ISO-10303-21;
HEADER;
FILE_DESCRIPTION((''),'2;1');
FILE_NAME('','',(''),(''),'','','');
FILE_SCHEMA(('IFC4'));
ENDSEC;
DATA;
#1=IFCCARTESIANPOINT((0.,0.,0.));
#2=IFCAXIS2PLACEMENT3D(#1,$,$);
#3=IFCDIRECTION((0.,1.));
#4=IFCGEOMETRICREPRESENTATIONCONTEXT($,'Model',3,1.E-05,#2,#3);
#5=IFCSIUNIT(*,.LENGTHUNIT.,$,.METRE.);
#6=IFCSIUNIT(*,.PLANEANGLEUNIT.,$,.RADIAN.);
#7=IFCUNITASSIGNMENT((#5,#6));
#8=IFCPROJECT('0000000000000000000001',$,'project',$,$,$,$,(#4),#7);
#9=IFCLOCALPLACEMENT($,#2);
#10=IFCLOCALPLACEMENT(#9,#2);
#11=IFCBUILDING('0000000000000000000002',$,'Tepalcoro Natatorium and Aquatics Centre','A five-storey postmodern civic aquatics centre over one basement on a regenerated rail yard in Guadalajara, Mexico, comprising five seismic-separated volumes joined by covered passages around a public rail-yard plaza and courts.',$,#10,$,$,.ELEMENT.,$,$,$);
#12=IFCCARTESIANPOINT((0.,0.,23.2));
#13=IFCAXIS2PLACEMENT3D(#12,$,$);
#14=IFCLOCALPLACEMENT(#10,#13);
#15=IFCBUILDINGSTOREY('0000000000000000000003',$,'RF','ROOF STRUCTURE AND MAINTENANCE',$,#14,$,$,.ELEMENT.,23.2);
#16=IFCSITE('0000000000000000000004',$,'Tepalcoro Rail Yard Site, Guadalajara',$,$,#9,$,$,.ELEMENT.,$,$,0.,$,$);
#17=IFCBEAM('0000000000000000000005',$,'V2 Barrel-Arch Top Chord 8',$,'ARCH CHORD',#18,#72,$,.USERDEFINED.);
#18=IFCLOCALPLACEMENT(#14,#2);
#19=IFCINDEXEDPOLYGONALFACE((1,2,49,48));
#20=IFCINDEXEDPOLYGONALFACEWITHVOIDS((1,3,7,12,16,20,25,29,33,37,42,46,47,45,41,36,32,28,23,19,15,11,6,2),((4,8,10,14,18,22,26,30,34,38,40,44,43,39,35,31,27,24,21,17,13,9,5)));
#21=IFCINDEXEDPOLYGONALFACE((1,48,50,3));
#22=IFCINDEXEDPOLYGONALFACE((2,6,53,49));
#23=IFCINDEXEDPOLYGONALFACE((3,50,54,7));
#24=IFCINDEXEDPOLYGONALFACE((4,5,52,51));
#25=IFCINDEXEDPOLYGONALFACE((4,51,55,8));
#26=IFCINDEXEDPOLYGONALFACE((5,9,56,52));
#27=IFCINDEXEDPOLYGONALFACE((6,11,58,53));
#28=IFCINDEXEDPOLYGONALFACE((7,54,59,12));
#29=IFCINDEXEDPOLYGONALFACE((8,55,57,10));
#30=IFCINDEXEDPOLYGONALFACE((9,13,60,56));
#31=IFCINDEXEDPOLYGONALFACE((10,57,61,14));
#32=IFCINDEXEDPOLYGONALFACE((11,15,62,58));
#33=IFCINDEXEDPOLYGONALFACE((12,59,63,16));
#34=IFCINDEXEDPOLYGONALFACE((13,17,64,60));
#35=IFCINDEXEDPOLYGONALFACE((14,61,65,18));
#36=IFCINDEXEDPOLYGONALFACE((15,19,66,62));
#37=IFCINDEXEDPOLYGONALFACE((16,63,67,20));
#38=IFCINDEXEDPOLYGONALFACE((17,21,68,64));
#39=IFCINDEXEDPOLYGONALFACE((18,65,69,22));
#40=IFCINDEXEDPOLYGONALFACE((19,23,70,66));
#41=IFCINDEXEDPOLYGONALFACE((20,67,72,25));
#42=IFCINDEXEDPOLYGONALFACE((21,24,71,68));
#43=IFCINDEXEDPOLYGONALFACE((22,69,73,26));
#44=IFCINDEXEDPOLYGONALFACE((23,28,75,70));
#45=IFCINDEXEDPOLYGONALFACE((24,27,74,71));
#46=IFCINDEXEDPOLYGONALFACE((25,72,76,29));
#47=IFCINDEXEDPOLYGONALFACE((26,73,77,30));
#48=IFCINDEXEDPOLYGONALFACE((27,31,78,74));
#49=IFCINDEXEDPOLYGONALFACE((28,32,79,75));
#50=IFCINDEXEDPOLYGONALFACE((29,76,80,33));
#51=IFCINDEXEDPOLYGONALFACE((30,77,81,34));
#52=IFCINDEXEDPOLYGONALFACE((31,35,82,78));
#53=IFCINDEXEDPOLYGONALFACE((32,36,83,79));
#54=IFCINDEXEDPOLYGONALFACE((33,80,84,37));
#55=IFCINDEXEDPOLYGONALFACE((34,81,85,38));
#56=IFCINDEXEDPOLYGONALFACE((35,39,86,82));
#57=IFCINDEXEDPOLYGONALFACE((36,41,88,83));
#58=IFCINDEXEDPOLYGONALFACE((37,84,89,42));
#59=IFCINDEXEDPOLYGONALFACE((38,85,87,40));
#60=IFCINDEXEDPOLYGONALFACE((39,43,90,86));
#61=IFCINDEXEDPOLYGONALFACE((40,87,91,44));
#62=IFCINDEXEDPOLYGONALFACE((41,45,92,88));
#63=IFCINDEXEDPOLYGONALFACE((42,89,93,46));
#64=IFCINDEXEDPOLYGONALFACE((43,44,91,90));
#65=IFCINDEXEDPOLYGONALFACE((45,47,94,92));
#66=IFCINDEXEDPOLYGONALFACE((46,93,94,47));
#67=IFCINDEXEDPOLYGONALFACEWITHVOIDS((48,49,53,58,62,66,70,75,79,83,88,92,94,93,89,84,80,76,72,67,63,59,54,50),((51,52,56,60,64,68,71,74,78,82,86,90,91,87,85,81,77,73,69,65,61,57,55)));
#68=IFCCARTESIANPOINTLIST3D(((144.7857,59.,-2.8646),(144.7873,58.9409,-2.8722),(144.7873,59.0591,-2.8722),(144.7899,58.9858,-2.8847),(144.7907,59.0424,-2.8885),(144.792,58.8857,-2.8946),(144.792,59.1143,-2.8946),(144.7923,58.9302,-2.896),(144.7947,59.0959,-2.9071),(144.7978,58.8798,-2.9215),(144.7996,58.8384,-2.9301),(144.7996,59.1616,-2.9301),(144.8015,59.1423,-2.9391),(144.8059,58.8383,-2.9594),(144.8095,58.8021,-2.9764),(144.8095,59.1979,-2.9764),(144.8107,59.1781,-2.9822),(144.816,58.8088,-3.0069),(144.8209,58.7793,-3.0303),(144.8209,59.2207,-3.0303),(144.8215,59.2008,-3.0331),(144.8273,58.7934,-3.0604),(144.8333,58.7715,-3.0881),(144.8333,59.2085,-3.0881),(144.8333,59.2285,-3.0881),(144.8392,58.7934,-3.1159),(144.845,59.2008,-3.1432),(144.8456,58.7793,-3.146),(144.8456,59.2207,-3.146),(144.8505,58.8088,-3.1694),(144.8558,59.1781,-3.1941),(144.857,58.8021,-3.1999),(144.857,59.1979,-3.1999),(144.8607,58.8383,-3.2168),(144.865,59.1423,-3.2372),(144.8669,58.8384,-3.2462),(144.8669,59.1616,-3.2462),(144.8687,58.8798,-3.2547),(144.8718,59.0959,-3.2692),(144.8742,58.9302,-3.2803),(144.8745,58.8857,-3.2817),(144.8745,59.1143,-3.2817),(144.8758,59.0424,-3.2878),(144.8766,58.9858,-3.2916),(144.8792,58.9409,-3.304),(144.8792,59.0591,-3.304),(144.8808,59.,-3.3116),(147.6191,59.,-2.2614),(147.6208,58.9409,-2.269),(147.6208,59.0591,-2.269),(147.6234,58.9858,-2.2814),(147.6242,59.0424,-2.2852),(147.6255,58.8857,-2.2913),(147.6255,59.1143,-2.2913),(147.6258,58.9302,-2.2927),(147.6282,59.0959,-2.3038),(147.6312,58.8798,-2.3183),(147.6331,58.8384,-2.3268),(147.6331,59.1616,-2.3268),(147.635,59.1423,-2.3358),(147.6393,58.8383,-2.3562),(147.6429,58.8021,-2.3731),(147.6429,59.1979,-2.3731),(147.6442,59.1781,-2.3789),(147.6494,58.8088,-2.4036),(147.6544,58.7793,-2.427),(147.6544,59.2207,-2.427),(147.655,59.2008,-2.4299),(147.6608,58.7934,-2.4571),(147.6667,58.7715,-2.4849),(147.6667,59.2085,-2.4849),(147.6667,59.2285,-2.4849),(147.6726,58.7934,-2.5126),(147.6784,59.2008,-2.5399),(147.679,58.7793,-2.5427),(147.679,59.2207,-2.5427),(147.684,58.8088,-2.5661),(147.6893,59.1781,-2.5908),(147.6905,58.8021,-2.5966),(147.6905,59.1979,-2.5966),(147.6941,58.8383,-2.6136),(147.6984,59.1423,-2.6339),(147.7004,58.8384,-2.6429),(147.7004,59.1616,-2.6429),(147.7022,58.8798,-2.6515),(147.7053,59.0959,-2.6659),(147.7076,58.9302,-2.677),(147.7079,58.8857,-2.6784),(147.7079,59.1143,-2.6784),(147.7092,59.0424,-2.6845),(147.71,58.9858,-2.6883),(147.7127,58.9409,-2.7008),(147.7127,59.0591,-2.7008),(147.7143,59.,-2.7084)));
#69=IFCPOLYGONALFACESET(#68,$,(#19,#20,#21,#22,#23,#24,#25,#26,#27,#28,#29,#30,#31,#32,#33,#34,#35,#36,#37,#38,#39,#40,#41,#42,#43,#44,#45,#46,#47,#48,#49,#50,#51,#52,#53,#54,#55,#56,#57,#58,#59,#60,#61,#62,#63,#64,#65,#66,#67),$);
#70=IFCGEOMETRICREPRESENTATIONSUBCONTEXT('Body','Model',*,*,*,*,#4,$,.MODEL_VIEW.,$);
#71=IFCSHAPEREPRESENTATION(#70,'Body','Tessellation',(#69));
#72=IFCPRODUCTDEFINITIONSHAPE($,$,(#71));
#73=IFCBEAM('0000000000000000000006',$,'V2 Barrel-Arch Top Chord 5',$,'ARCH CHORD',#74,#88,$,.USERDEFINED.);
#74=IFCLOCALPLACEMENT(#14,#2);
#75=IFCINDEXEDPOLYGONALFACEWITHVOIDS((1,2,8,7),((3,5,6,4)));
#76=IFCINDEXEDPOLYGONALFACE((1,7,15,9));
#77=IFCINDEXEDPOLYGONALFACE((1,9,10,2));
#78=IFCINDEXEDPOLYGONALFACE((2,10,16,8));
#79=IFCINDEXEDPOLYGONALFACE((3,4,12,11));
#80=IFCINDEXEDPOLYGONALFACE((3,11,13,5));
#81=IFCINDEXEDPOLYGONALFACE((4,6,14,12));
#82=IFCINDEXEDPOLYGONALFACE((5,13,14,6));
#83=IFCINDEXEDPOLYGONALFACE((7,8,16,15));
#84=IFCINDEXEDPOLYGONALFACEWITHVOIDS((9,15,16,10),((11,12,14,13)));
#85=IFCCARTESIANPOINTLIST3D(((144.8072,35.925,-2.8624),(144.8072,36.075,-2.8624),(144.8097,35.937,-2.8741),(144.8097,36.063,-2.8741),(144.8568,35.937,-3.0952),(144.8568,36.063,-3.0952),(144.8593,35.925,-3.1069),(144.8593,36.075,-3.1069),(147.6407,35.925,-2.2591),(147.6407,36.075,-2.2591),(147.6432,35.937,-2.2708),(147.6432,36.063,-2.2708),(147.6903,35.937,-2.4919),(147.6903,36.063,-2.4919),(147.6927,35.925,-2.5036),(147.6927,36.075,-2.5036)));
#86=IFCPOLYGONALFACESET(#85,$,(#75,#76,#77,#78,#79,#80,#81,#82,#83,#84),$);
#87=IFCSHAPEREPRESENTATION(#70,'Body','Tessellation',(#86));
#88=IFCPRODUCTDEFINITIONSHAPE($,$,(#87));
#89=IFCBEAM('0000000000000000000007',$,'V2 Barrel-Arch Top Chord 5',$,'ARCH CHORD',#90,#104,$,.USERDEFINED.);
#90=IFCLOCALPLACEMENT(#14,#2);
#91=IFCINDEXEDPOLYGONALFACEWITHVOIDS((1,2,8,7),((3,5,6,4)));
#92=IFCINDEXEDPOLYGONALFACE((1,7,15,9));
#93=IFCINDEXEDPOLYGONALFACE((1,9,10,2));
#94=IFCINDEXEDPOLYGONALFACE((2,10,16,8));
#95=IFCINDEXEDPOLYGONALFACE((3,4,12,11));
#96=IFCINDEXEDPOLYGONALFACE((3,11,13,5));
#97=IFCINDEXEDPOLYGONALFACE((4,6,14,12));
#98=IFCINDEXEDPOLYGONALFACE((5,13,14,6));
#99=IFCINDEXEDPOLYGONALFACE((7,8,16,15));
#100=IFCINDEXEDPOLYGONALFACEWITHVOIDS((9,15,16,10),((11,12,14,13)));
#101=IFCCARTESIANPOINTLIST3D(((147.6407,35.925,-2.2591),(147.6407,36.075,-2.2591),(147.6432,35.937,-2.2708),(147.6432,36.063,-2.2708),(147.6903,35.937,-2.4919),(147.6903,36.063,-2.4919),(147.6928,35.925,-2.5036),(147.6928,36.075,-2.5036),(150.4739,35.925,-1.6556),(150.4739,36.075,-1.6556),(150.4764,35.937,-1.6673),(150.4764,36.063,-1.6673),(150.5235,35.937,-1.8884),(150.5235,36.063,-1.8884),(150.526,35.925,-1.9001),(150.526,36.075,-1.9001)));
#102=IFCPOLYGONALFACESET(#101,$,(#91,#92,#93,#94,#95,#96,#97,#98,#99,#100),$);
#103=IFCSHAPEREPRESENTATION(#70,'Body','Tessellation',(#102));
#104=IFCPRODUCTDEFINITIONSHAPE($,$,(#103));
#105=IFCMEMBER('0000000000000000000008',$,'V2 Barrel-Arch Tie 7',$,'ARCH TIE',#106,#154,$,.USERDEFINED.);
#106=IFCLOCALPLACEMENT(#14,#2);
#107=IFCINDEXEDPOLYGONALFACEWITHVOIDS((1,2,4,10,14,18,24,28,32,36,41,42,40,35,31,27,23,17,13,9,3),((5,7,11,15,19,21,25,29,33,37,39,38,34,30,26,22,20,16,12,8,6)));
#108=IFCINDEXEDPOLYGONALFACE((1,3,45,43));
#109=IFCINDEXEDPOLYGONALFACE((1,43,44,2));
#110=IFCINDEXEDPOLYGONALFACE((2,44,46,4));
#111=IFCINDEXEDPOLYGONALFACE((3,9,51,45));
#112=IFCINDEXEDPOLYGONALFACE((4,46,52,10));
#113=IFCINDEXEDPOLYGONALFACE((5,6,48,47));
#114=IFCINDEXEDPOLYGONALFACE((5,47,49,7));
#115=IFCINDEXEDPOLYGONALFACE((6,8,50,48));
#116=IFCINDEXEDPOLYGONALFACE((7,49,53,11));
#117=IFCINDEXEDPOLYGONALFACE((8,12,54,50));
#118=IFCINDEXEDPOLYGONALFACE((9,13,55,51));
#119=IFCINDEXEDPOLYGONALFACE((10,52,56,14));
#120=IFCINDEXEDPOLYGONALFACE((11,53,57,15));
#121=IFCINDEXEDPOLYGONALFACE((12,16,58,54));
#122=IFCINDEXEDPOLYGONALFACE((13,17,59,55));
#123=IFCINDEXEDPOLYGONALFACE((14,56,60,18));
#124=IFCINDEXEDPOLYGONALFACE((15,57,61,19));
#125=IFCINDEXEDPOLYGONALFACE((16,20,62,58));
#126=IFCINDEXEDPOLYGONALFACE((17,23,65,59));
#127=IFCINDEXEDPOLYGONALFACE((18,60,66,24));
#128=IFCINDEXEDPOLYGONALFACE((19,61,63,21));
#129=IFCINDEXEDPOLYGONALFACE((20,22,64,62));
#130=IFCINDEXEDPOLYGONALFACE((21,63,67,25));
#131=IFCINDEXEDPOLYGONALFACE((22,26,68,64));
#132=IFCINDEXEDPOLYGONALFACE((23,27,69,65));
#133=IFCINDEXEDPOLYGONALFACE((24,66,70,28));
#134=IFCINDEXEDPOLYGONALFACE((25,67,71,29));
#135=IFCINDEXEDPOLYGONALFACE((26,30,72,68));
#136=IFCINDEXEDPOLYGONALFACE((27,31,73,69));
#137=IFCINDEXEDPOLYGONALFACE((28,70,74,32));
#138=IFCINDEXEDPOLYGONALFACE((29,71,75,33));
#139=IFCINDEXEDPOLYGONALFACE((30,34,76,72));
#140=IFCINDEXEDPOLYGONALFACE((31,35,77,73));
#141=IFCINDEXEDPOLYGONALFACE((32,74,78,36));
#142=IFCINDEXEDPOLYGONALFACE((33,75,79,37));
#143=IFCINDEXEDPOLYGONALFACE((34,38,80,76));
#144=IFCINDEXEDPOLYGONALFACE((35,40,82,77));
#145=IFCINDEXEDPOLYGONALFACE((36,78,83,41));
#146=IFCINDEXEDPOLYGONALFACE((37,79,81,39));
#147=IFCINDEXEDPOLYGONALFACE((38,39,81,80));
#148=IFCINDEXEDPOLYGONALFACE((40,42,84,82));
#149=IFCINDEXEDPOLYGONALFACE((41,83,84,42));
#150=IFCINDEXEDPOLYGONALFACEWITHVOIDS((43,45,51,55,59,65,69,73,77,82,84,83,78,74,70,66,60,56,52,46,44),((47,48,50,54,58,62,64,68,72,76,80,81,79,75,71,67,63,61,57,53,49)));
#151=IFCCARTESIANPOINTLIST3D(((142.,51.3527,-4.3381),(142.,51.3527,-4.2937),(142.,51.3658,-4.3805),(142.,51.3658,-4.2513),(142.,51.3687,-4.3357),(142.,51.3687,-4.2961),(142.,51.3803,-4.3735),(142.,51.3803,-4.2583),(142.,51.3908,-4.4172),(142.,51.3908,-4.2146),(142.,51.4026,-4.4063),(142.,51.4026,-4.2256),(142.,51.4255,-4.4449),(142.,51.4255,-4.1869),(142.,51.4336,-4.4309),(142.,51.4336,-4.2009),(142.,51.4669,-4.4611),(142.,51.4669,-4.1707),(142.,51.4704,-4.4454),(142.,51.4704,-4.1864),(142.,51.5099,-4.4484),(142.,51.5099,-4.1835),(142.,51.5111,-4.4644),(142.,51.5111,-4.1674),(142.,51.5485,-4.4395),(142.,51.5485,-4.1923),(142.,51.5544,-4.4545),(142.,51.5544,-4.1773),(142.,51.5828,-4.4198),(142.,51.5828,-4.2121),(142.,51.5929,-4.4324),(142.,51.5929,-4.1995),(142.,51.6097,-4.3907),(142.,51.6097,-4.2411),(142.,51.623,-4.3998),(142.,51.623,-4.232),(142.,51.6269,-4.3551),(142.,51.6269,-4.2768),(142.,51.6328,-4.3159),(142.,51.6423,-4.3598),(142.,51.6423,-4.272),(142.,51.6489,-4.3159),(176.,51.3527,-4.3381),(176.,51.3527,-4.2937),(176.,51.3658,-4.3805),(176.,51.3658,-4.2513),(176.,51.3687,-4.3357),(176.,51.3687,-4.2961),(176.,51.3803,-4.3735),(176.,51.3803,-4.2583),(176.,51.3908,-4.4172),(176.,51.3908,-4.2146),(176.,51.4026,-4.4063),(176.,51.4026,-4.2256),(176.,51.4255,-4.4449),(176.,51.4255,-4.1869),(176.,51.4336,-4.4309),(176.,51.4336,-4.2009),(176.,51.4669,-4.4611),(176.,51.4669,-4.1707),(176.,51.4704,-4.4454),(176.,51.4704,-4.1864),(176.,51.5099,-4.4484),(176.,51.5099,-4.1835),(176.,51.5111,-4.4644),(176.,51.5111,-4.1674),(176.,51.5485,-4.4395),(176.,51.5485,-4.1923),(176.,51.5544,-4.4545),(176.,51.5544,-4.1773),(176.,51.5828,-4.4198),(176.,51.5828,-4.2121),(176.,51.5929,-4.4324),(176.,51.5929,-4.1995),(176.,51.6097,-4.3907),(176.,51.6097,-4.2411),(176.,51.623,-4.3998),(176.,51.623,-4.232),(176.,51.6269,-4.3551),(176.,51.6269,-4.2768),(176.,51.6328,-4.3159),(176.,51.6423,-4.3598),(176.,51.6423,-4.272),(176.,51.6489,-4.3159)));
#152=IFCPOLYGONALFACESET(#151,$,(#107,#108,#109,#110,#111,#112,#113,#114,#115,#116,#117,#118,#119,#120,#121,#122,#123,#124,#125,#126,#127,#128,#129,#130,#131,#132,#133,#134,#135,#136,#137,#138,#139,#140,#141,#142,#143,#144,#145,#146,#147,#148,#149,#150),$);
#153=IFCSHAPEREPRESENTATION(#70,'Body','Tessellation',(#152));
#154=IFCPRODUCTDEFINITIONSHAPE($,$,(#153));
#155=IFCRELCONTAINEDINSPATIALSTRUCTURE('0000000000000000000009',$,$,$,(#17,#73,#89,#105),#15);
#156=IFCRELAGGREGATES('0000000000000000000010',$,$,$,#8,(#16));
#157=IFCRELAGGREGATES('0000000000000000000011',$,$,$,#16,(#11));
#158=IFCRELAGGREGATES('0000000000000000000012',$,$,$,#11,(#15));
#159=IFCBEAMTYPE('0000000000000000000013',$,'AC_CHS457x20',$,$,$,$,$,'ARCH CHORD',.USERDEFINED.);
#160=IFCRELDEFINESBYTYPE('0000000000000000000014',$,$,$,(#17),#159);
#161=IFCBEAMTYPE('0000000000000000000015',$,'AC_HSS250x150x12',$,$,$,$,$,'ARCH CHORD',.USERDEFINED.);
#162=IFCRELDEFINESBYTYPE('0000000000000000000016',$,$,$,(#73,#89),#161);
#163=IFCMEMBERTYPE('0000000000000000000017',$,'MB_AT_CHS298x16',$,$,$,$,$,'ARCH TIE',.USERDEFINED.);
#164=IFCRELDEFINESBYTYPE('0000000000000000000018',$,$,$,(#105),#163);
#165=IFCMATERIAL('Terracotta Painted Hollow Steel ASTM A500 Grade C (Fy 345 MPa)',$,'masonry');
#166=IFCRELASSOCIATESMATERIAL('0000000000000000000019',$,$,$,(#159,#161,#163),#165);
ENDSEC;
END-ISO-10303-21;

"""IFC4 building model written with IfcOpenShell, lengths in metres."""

from ifc_helpers import new_model, si_unit, direction, frame, origin, origin_2d, place, context, subcontext, project, spatial, hollow_rectangle, hollow_circle, extrude, material, material_profile, profile_set, type_object, element, save


model = new_model("IFC4")

# Units and contexts
model_context = context("Model", 3, precision=1e-05, world=origin(), true_north=direction((0.0, 1.0)))
body_context = subcontext(model_context, "Body", "Model", "MODEL_VIEW")
ifc_project = project(units=[si_unit("LENGTHUNIT", "METRE"), si_unit("PLANEANGLEUNIT", "RADIAN")], contexts=[model_context])

# Site, building, storey
site_placement = place(None, origin())
site = spatial("IfcSite", under=ifc_project, at=site_placement, Name="Tepalcoro Rail Yard Site, Guadalajara", CompositionType="ELEMENT", RefElevation=0.0)
building_placement = place(site_placement, origin())
building = spatial("IfcBuilding", under=site, at=building_placement, Name="Tepalcoro Natatorium and Aquatics Centre", Description="A five-storey postmodern civic aquatics centre over one basement on a regenerated rail yard in Guadalajara, Mexico, comprising five seismic-separated volumes joined by covered passages around a public rail-yard plaza and courts.", CompositionType="ELEMENT")
storey_placement = place(building_placement, frame((0.0, 0.0, 23.2)))
storey = spatial("IfcBuildingStorey", under=building, at=storey_placement, Name="RF", Description="ROOF STRUCTURE AND MAINTENANCE", CompositionType="ELEMENT", Elevation=23.2)

# Beams
ifc_material_1 = material(Name="Terracotta Painted Hollow Steel ASTM A500 Grade C (Fy 345 MPa)", Category="masonry")
ifc_material_profile_1 = material_profile(ifc_material_1, hollow_circle(Radius=0.2285, WallThickness=0.02, at=origin_2d()), Name="CHS457X20")
ifc_profile_set_1 = profile_set([ifc_material_profile_1], Name="Terracotta Painted Hollow Steel ASTM A500 Grade C (Fy 345 MPa)")
beam_type_1 = type_object("IfcBeamType", Name="AC_CHS457x20", ElementType="ARCH CHORD", PredefinedType="USERDEFINED", material=ifc_profile_set_1)
beam_1_placement = place(storey_placement, frame((144.8333, 59.0, -3.0881), z_axis=(0.978078, 0.0, 0.20824), x_axis=(0.0, 1.0, 0.0)))
element("IfcBeam", 1, at=beam_1_placement, inside=storey, type_object=beam_type_1, Name="V2 Barrel-Arch Top Chord 8", ObjectType="ARCH CHORD", PredefinedType="USERDEFINED", context=body_context, shape_type="SweptSolid", body=[
    extrude(hollow_circle(Radius=0.2285, WallThickness=0.02, at=origin_2d()), origin(), (0.0, 0.0, 1.0), 2.897),
])
ifc_material_profile_2 = material_profile(ifc_material_1, hollow_rectangle(XDim=0.1499, YDim=0.25, WallThickness=0.012, at=origin_2d()), Name="HSS250X150X12")
ifc_profile_set_2 = profile_set([ifc_material_profile_2], Name="Terracotta Painted Hollow Steel ASTM A500 Grade C (Fy 345 MPa)")
beam_type_2 = type_object("IfcBeamType", Name="AC_HSS250x150x12", ElementType="ARCH CHORD", PredefinedType="USERDEFINED", material=ifc_profile_set_2)
beam_2_placement = place(storey_placement, frame((144.8333, 36.0, -2.9846), z_axis=(0.978078, 0.0, 0.20824), x_axis=(0.0, 1.0, 0.0)))
element("IfcBeam", 2, at=beam_2_placement, inside=storey, type_object=beam_type_2, Name="V2 Barrel-Arch Top Chord 5", ObjectType="ARCH CHORD", PredefinedType="USERDEFINED", context=body_context, shape_type="SweptSolid", body=[
    extrude(hollow_rectangle(XDim=0.1499, YDim=0.25, WallThickness=0.012, at=origin_2d()), origin(), (0.0, 0.0, 1.0), 2.897),
])
beam_3_placement = place(storey_placement, frame((147.6667, 36.0, -2.3813), z_axis=(0.978057, 0.0, 0.208338), x_axis=(0.0, 1.0, 0.0)))
element("IfcBeam", 3, at=beam_3_placement, inside=storey, type_object=beam_type_2, Name="V2 Barrel-Arch Top Chord 5", ObjectType="ARCH CHORD", PredefinedType="USERDEFINED", context=body_context, shape_type="SweptSolid", body=[
    extrude(hollow_rectangle(XDim=0.1499, YDim=0.25, WallThickness=0.012, at=origin_2d()), origin(), (0.0, 0.0, 1.0), 2.8967),
])

# Member
ifc_material_profile_3 = material_profile(ifc_material_1, hollow_circle(Radius=0.1489, WallThickness=0.0161, at=origin_2d()), Name="CHS298X16")
ifc_profile_set_3 = profile_set([ifc_material_profile_3], Name="Terracotta Painted Hollow Steel ASTM A500 Grade C (Fy 345 MPa)")
member_type_1 = type_object("IfcMemberType", Name="MB_AT_CHS298x16", ElementType="ARCH TIE", PredefinedType="USERDEFINED", material=ifc_profile_set_3)
member_1_placement = place(storey_placement, frame((142.0, 51.5, -4.3159), z_axis=(1.0, 0.0, 0.0), x_axis=(0.0, 1.0, 0.0)))
element("IfcMember", 4, at=member_1_placement, inside=storey, type_object=member_type_1, Name="V2 Barrel-Arch Tie 7", ObjectType="ARCH TIE", PredefinedType="USERDEFINED", context=body_context, shape_type="SweptSolid", body=[
    extrude(hollow_circle(Radius=0.1489, WallThickness=0.0161, at=origin_2d()), origin(), (0.0, 0.0, 1.0), 34.0),
])

save(model, "model.ifc")
